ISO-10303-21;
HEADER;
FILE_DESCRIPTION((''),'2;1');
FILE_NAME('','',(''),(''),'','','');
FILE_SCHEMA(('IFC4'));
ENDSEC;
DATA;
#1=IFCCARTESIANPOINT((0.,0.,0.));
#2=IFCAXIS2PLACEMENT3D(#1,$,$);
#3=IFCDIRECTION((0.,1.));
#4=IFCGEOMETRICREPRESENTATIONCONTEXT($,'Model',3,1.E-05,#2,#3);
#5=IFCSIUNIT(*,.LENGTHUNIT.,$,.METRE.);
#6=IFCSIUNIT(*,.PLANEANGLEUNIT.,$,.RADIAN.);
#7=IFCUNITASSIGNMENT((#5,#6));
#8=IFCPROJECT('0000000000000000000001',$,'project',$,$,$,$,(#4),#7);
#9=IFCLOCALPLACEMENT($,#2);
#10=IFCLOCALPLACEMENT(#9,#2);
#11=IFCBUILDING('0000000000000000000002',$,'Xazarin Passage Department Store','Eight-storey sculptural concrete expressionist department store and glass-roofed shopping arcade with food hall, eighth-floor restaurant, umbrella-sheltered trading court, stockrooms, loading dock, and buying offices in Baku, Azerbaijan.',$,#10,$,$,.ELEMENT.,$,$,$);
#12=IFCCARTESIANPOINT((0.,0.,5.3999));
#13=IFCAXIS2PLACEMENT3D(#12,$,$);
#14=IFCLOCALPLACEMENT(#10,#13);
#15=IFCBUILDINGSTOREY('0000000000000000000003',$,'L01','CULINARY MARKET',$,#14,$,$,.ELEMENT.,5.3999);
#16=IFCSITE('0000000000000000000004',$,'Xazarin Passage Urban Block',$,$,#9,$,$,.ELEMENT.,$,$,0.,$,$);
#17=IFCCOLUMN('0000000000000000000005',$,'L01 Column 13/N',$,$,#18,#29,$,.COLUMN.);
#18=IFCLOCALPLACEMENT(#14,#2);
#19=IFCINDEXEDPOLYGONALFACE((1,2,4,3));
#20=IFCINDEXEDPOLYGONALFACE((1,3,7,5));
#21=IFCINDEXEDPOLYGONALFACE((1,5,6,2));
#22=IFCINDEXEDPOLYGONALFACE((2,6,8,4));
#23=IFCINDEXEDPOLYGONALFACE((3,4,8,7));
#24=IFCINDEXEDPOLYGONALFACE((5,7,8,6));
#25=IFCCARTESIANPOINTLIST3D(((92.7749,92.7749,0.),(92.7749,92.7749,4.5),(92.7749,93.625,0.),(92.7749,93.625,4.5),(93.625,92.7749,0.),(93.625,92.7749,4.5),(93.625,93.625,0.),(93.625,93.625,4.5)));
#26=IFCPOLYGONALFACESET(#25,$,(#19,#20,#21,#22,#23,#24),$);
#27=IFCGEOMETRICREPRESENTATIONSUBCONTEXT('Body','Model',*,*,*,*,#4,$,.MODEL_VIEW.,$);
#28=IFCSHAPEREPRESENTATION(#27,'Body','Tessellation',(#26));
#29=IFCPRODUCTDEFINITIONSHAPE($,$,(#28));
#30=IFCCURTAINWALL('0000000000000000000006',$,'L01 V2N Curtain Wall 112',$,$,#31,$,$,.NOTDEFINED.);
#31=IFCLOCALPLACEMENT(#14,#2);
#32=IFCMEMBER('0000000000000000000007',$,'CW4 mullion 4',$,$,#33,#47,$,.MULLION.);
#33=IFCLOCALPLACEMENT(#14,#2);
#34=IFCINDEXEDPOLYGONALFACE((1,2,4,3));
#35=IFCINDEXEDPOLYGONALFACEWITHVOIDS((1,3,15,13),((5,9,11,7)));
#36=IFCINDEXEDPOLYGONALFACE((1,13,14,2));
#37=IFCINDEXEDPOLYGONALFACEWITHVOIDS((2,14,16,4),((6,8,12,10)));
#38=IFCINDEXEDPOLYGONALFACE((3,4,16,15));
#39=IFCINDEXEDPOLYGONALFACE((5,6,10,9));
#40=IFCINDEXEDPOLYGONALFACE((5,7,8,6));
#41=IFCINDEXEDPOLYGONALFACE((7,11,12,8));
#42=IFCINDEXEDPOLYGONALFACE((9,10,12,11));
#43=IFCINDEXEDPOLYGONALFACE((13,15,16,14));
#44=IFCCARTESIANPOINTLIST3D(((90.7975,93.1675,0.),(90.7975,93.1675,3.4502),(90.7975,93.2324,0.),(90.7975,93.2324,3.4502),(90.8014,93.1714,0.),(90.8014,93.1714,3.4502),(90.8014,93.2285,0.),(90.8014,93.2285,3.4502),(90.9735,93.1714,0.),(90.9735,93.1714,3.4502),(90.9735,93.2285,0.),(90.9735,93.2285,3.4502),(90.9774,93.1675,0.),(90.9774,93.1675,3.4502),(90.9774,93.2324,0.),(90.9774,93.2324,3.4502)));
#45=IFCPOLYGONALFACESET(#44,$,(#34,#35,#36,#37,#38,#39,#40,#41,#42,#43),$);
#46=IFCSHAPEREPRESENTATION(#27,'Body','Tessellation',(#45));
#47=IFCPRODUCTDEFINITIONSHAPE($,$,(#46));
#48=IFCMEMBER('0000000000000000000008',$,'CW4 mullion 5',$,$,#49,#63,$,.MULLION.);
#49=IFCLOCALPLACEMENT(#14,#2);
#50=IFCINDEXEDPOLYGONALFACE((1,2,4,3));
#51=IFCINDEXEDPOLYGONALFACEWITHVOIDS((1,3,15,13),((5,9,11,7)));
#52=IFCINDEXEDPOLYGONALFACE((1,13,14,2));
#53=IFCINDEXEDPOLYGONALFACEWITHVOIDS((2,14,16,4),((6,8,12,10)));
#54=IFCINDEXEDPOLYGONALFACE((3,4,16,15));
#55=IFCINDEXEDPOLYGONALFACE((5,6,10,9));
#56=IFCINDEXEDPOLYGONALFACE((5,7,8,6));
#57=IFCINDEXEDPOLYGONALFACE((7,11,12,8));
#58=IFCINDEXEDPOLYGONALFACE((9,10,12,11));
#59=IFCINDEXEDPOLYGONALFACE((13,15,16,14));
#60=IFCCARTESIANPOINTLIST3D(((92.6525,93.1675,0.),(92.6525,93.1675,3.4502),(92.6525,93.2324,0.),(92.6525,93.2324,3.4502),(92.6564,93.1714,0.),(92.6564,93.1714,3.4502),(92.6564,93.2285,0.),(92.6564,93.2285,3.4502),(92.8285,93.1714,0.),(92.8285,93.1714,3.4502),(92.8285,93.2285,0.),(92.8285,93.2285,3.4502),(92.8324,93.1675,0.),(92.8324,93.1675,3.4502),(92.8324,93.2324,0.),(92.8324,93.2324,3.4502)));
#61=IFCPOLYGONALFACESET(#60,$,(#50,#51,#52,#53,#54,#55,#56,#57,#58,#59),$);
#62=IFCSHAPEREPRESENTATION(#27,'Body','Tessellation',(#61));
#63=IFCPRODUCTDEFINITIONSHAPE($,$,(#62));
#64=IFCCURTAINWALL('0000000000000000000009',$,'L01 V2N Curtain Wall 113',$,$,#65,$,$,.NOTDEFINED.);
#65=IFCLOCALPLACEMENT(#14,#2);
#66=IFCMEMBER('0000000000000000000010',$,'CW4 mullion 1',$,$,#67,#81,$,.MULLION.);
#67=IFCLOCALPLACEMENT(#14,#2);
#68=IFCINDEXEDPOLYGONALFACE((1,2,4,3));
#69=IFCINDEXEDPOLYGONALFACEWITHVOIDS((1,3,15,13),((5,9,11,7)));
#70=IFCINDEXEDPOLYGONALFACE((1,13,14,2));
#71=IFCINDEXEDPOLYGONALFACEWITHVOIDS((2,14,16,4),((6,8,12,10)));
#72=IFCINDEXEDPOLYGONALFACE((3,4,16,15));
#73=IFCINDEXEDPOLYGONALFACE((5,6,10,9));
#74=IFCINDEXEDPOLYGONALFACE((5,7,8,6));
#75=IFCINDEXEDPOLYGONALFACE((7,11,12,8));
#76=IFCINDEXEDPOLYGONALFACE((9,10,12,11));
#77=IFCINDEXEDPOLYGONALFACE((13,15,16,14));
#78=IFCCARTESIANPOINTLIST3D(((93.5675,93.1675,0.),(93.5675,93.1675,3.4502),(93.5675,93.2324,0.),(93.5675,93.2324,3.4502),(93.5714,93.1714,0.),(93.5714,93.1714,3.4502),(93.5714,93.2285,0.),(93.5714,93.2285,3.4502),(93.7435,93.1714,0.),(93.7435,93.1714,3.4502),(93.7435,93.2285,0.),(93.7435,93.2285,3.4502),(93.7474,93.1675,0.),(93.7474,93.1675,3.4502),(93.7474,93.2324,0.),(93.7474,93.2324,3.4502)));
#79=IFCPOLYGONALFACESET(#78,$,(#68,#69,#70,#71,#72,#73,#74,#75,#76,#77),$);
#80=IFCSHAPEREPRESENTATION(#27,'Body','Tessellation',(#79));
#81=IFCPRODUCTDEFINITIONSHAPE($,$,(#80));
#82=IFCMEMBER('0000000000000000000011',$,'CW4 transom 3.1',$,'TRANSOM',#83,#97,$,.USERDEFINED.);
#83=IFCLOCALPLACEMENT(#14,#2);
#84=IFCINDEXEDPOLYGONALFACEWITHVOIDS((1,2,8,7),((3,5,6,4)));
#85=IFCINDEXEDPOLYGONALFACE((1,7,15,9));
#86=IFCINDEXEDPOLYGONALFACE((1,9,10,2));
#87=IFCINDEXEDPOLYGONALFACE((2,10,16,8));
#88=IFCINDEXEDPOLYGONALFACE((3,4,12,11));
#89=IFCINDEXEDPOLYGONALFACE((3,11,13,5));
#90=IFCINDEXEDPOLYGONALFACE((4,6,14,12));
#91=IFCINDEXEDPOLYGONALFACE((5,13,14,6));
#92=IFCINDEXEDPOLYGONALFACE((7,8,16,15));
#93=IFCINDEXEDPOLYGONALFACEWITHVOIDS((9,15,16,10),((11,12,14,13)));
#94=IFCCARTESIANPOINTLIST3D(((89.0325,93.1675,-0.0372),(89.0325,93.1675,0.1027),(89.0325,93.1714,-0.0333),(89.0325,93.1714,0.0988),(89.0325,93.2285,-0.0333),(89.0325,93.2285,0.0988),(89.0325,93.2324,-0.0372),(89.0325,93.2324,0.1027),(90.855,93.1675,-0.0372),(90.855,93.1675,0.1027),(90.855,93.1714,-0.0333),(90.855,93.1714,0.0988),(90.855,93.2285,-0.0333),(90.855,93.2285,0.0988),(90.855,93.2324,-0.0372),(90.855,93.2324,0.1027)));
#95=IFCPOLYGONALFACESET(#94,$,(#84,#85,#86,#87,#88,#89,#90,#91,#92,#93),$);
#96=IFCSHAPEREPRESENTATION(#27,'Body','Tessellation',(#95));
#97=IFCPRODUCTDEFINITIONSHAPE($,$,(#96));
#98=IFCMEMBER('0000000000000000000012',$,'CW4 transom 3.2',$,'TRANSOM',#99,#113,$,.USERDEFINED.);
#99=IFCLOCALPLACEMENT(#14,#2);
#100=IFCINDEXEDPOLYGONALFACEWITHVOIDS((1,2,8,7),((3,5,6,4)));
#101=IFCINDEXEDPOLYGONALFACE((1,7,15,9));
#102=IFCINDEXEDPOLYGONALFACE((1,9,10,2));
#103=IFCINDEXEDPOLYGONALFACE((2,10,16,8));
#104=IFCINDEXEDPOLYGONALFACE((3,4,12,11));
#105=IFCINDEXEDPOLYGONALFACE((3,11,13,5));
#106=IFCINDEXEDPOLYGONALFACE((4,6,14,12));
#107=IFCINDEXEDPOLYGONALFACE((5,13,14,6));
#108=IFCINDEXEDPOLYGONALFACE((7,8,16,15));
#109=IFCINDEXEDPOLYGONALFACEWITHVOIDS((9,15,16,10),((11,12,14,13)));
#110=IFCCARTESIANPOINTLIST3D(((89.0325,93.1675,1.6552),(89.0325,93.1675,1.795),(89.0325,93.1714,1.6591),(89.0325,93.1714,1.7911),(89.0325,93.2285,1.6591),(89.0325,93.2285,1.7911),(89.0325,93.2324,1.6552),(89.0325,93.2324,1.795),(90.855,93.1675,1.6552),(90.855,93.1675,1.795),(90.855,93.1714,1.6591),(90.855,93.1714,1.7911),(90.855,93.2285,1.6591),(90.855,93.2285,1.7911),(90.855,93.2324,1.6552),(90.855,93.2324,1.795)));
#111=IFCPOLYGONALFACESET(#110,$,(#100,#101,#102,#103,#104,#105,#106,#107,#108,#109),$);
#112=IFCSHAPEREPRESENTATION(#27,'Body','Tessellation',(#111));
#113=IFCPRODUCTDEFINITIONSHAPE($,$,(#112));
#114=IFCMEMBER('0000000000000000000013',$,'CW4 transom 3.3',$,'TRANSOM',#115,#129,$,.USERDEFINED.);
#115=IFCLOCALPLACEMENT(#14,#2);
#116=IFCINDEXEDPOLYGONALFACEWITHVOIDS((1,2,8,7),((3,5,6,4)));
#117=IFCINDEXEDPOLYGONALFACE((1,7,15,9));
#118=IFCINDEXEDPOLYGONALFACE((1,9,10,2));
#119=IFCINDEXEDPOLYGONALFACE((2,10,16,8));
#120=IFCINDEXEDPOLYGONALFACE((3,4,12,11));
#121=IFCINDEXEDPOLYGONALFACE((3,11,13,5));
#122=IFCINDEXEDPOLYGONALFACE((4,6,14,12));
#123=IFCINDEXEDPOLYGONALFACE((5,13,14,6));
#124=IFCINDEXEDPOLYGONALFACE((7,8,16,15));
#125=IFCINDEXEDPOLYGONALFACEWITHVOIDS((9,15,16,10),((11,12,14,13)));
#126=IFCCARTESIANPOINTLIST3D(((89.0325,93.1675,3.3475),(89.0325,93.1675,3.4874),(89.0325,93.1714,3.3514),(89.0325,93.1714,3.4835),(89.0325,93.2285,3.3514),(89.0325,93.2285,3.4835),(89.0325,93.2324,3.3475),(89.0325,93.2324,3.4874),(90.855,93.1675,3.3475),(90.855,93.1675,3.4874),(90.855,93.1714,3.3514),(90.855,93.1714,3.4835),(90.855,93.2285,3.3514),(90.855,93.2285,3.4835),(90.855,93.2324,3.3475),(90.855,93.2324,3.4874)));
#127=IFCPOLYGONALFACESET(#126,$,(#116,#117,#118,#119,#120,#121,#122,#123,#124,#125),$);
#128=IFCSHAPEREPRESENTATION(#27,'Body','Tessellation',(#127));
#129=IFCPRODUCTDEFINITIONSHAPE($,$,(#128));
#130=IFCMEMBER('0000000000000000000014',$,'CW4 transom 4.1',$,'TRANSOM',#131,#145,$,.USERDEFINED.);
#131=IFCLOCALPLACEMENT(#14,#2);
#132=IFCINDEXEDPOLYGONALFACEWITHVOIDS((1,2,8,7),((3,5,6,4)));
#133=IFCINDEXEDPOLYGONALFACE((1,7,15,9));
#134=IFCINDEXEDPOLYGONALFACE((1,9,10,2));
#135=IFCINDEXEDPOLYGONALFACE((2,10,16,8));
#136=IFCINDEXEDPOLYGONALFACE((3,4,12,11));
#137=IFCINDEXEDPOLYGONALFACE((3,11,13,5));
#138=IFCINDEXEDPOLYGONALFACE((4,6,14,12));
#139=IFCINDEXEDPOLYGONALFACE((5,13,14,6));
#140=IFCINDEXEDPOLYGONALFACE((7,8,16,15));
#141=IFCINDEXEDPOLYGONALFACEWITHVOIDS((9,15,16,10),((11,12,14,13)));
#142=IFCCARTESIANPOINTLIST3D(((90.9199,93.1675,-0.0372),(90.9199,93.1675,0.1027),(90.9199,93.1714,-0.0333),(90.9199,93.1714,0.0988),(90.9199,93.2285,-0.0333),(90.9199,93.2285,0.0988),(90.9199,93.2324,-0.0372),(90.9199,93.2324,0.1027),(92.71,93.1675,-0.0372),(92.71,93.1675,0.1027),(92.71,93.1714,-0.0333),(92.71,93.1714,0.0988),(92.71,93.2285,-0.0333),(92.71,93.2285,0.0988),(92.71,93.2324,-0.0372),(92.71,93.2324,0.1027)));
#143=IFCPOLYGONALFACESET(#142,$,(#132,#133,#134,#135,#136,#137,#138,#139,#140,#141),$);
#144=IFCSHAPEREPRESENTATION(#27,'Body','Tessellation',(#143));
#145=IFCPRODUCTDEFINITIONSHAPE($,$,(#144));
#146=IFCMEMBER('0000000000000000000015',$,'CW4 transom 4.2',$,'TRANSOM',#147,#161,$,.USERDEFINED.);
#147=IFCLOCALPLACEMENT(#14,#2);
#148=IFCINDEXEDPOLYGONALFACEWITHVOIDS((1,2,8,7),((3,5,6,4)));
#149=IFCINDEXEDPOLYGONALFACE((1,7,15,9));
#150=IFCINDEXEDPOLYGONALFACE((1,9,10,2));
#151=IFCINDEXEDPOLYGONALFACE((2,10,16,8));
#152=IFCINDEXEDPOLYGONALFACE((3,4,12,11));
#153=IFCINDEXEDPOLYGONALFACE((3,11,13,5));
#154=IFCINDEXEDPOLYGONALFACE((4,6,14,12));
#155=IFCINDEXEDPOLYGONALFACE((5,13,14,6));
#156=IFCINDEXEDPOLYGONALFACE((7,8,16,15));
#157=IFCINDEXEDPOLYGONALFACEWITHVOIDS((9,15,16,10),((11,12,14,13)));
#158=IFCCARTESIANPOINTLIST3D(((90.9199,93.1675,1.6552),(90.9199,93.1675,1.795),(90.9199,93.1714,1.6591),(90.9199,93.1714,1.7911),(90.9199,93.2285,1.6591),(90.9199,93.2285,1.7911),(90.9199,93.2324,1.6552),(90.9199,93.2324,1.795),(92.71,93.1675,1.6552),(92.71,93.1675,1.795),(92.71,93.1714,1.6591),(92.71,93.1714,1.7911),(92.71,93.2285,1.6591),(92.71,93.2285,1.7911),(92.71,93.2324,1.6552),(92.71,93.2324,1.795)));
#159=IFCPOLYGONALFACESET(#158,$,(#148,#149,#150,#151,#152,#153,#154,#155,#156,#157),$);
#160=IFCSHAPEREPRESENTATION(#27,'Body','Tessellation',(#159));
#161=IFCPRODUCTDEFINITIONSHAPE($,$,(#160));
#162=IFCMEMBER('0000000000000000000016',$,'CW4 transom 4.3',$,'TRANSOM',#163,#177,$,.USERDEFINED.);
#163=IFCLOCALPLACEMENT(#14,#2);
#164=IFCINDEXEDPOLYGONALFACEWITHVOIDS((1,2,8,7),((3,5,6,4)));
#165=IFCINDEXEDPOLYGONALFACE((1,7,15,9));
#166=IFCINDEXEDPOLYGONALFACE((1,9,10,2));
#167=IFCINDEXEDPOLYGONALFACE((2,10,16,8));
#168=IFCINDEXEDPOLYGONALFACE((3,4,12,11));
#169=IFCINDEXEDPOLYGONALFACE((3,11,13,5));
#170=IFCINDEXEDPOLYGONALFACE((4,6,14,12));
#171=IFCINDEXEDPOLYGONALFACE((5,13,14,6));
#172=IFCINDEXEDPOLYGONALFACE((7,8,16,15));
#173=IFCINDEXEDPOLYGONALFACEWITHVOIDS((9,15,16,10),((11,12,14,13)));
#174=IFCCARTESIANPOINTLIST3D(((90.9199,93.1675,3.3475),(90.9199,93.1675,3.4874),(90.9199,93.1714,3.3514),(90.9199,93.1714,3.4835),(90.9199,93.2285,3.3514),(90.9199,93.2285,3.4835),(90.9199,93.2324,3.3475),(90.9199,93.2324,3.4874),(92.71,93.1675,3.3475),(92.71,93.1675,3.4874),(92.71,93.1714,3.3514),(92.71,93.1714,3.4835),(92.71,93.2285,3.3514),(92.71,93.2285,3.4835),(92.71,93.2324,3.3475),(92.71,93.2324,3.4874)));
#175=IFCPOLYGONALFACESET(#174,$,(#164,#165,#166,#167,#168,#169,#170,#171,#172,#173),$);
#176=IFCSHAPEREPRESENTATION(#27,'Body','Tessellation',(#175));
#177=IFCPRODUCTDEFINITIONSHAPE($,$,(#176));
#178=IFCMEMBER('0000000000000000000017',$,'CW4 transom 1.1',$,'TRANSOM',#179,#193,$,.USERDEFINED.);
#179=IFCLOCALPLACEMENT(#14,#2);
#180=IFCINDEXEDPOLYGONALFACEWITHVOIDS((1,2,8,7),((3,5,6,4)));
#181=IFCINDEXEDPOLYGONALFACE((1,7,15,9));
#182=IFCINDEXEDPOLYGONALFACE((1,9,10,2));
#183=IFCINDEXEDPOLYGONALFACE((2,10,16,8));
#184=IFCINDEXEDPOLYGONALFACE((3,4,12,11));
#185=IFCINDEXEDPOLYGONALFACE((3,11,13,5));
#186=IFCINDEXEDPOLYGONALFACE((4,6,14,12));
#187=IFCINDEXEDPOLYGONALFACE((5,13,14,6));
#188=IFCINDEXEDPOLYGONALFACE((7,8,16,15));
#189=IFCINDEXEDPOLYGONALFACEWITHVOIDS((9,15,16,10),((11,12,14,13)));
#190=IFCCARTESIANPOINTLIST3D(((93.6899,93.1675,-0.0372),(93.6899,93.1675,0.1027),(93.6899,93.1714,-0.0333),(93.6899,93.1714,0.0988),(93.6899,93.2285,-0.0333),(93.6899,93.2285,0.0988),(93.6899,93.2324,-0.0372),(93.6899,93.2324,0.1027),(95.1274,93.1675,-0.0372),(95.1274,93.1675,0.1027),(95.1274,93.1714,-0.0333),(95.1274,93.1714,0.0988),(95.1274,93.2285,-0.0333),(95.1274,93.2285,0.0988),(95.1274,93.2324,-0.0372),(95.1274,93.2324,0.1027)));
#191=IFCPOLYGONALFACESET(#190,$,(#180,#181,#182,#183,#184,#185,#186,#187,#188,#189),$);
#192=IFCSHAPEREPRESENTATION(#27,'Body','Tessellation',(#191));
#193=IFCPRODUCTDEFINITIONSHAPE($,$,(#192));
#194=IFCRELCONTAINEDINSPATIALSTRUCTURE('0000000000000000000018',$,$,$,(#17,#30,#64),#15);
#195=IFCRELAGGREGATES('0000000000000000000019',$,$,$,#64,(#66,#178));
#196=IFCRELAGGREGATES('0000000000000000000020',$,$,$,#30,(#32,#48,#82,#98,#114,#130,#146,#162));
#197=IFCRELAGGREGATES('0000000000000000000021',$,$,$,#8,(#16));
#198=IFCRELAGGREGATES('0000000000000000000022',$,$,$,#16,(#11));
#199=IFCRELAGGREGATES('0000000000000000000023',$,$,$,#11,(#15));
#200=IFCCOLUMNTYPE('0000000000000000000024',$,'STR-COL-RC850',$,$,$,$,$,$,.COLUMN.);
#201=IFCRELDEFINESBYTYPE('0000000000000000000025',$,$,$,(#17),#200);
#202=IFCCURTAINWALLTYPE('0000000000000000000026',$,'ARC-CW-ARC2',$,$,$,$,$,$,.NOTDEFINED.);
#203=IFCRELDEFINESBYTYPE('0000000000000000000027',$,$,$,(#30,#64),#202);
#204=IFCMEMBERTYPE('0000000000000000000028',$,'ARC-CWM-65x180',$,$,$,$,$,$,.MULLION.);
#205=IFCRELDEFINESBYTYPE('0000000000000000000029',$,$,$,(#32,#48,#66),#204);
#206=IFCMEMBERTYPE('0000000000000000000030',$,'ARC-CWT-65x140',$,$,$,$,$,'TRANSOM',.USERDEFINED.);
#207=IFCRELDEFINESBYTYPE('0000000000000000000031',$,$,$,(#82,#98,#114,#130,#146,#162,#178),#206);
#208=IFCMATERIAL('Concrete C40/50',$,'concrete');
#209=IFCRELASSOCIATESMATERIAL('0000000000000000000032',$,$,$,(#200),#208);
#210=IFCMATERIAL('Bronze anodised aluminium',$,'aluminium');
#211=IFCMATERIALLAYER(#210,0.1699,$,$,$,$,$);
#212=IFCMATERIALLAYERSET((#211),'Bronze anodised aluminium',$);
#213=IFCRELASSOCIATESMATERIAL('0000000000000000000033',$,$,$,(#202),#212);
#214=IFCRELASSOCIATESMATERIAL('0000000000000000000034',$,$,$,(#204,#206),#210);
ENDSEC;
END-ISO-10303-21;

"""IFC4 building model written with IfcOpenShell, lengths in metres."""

from ifc_helpers import new_model, si_unit, direction, frame, origin, origin_2d, place, context, subcontext, project, spatial, rectangle, hollow_rectangle, extrude, material, layer, layer_set, material_profile, profile_set, type_object, element, aggregate, save


model = new_model("IFC4")

# Units and contexts
model_context = context("Model", 3, precision=1e-05, world=origin(), true_north=direction((0.0, 1.0)))
body_context = subcontext(model_context, "Body", "Model", "MODEL_VIEW")
ifc_project = project(units=[si_unit("LENGTHUNIT", "METRE"), si_unit("PLANEANGLEUNIT", "RADIAN")], contexts=[model_context])

# Site, building, storey
site_placement = place(None, origin())
site = spatial("IfcSite", under=ifc_project, at=site_placement, Name="Xazarin Passage Urban Block", CompositionType="ELEMENT", RefElevation=0.0)
building_placement = place(site_placement, origin())
building = spatial("IfcBuilding", under=site, at=building_placement, Name="Xazarin Passage Department Store", Description="Eight-storey sculptural concrete expressionist department store and glass-roofed shopping arcade with food hall, eighth-floor restaurant, umbrella-sheltered trading court, stockrooms, loading dock, and buying offices in Baku, Azerbaijan.", CompositionType="ELEMENT")
storey_placement = place(building_placement, frame((0.0, 0.0, 5.3999)))
storey = spatial("IfcBuildingStorey", under=building, at=storey_placement, Name="L01", Description="CULINARY MARKET", CompositionType="ELEMENT", Elevation=5.3999)

# Column
ifc_material_1 = material(Name="Concrete C40/50", Category="concrete")
ifc_material_profile_1 = material_profile(ifc_material_1, rectangle(XDim=0.8501, YDim=0.8501, at=origin_2d()), Name="RC 850x850")
ifc_profile_set_1 = profile_set([ifc_material_profile_1], Name="Concrete C40/50")
column_type = type_object("IfcColumnType", Name="STR-COL-RC850", PredefinedType="COLUMN", material=ifc_profile_set_1)
column_placement = place(storey_placement, frame((93.2, 93.2, 0.0), z_axis=(0.0, 0.0, 1.0), x_axis=(1.0, 0.0, 0.0)))
element("IfcColumn", 1, at=column_placement, inside=storey, type_object=column_type, Name="L01 Column 13/N", PredefinedType="COLUMN", context=body_context, shape_type="SweptSolid", body=[
    extrude(rectangle(XDim=0.8501, YDim=0.8501, at=origin_2d()), origin(), (0.0, 0.0, 1.0), 4.5),
])

# Curtain wall, members
ifc_material_2 = material(Name="Bronze anodised aluminium", Category="aluminium")
ifc_layer_1 = layer(ifc_material_2, 0.1699)
ifc_layer_set_1 = layer_set([ifc_layer_1], Name="Bronze anodised aluminium")
curtain_wall_type = type_object("IfcCurtainWallType", Name="ARC-CW-ARC2", PredefinedType="NOTDEFINED", material=ifc_layer_set_1)
curtain_wall_1_placement = place(storey_placement, origin())
curtain_wall_1 = element("IfcCurtainWall", 2, at=curtain_wall_1_placement, inside=storey, type_object=curtain_wall_type, Name="L01 V2N Curtain Wall 112", PredefinedType="NOTDEFINED")
ifc_material_profile_2 = material_profile(ifc_material_2, hollow_rectangle(XDim=0.0649, YDim=0.1799, WallThickness=0.0039, at=origin_2d()), Name="ALU 65x180")
ifc_profile_set_2 = profile_set([ifc_material_profile_2], Name="Bronze anodised aluminium")
member_type_1 = type_object("IfcMemberType", Name="ARC-CWM-65x180", PredefinedType="MULLION", material=ifc_profile_set_2)
member_1_placement = place(storey_placement, frame((90.8875, 93.2, 0.0), z_axis=(0.0, 0.0, 1.0), x_axis=(0.0, 1.0, 0.0)))
member_1 = element("IfcMember", 3, at=member_1_placement, type_object=member_type_1, Name="CW4 mullion 4", PredefinedType="MULLION", context=body_context, shape_type="SweptSolid", body=[
    extrude(hollow_rectangle(XDim=0.0649, YDim=0.1799, WallThickness=0.0039, at=origin_2d()), origin(), (0.0, 0.0, 1.0), 3.4502),
])
member_2_placement = place(storey_placement, frame((92.7424, 93.2, 0.0), z_axis=(0.0, 0.0, 1.0), x_axis=(0.0, 1.0, 0.0)))
member_2 = element("IfcMember", 4, at=member_2_placement, type_object=member_type_1, Name="CW4 mullion 5", PredefinedType="MULLION", context=body_context, shape_type="SweptSolid", body=[
    extrude(hollow_rectangle(XDim=0.0649, YDim=0.1799, WallThickness=0.0039, at=origin_2d()), origin(), (0.0, 0.0, 1.0), 3.4502),
])

# Curtain wall, member
curtain_wall_2_placement = place(storey_placement, origin())
curtain_wall_2 = element("IfcCurtainWall", 5, at=curtain_wall_2_placement, inside=storey, type_object=curtain_wall_type, Name="L01 V2N Curtain Wall 113", PredefinedType="NOTDEFINED")
member_3_placement = place(storey_placement, frame((93.6575, 93.2, 0.0), z_axis=(0.0, 0.0, 1.0), x_axis=(0.0, 1.0, 0.0)))
member_3 = element("IfcMember", 6, at=member_3_placement, type_object=member_type_1, Name="CW4 mullion 1", PredefinedType="MULLION", context=body_context, shape_type="SweptSolid", body=[
    extrude(hollow_rectangle(XDim=0.0649, YDim=0.1799, WallThickness=0.0039, at=origin_2d()), origin(), (0.0, 0.0, 1.0), 3.4502),
])

# Members
ifc_material_profile_3 = material_profile(ifc_material_2, hollow_rectangle(XDim=0.0649, YDim=0.1399, WallThickness=0.0039, at=origin_2d()), Name="ALU 65x140")
ifc_profile_set_3 = profile_set([ifc_material_profile_3], Name="Bronze anodised aluminium")
member_type_2 = type_object("IfcMemberType", Name="ARC-CWT-65x140", ElementType="TRANSOM", PredefinedType="USERDEFINED", material=ifc_profile_set_3)
member_4_placement = place(storey_placement, frame((89.0325, 93.2, 0.0327), z_axis=(1.0, 0.0, 0.0), x_axis=(0.0, 1.0, 0.0)))
member_4 = element("IfcMember", 7, at=member_4_placement, type_object=member_type_2, Name="CW4 transom 3.1", ObjectType="TRANSOM", PredefinedType="USERDEFINED", context=body_context, shape_type="SweptSolid", body=[
    extrude(hollow_rectangle(XDim=0.0649, YDim=0.1399, WallThickness=0.0039, at=origin_2d()), origin(), (0.0, 0.0, 1.0), 1.8225),
])
member_5_placement = place(storey_placement, frame((89.0325, 93.2, 1.7251), z_axis=(1.0, 0.0, 0.0), x_axis=(0.0, 1.0, 0.0)))
member_5 = element("IfcMember", 8, at=member_5_placement, type_object=member_type_2, Name="CW4 transom 3.2", ObjectType="TRANSOM", PredefinedType="USERDEFINED", context=body_context, shape_type="SweptSolid", body=[
    extrude(hollow_rectangle(XDim=0.0649, YDim=0.1399, WallThickness=0.0039, at=origin_2d()), origin(), (0.0, 0.0, 1.0), 1.8225),
])
member_6_placement = place(storey_placement, frame((89.0325, 93.2, 3.4175), z_axis=(1.0, 0.0, 0.0), x_axis=(0.0, 1.0, 0.0)))
member_6 = element("IfcMember", 9, at=member_6_placement, type_object=member_type_2, Name="CW4 transom 3.3", ObjectType="TRANSOM", PredefinedType="USERDEFINED", context=body_context, shape_type="SweptSolid", body=[
    extrude(hollow_rectangle(XDim=0.0649, YDim=0.1399, WallThickness=0.0039, at=origin_2d()), origin(), (0.0, 0.0, 1.0), 1.8225),
])
member_7_placement = place(storey_placement, frame((90.9199, 93.2, 0.0327), z_axis=(1.0, 0.0, 0.0), x_axis=(0.0, 1.0, 0.0)))
member_7 = element("IfcMember", 10, at=member_7_placement, type_object=member_type_2, Name="CW4 transom 4.1", ObjectType="TRANSOM", PredefinedType="USERDEFINED", context=body_context, shape_type="SweptSolid", body=[
    extrude(hollow_rectangle(XDim=0.0649, YDim=0.1399, WallThickness=0.0039, at=origin_2d()), origin(), (0.0, 0.0, 1.0), 1.79),
])
member_8_placement = place(storey_placement, frame((90.9199, 93.2, 1.7251), z_axis=(1.0, 0.0, 0.0), x_axis=(0.0, 1.0, 0.0)))
member_8 = element("IfcMember", 11, at=member_8_placement, type_object=member_type_2, Name="CW4 transom 4.2", ObjectType="TRANSOM", PredefinedType="USERDEFINED", context=body_context, shape_type="SweptSolid", body=[
    extrude(hollow_rectangle(XDim=0.0649, YDim=0.1399, WallThickness=0.0039, at=origin_2d()), origin(), (0.0, 0.0, 1.0), 1.79),
])
member_9_placement = place(storey_placement, frame((90.9199, 93.2, 3.4175), z_axis=(1.0, 0.0, 0.0), x_axis=(0.0, 1.0, 0.0)))
member_9 = element("IfcMember", 12, at=member_9_placement, type_object=member_type_2, Name="CW4 transom 4.3", ObjectType="TRANSOM", PredefinedType="USERDEFINED", context=body_context, shape_type="SweptSolid", body=[
    extrude(hollow_rectangle(XDim=0.0649, YDim=0.1399, WallThickness=0.0039, at=origin_2d()), origin(), (0.0, 0.0, 1.0), 1.79),
])
member_10_placement = place(storey_placement, frame((93.6899, 93.2, 0.0327), z_axis=(1.0, 0.0, 0.0), x_axis=(0.0, 1.0, 0.0)))
member_10 = element("IfcMember", 13, at=member_10_placement, type_object=member_type_2, Name="CW4 transom 1.1", ObjectType="TRANSOM", PredefinedType="USERDEFINED", context=body_context, shape_type="SweptSolid", body=[
    extrude(hollow_rectangle(XDim=0.0649, YDim=0.1399, WallThickness=0.0039, at=origin_2d()), origin(), (0.0, 0.0, 1.0), 1.4375),
])
aggregate(curtain_wall_2, [member_3, member_10])

aggregate(curtain_wall_1, [member_1, member_2, member_4, member_5, member_6, member_7, member_8, member_9])

save(model, "model.ifc")
